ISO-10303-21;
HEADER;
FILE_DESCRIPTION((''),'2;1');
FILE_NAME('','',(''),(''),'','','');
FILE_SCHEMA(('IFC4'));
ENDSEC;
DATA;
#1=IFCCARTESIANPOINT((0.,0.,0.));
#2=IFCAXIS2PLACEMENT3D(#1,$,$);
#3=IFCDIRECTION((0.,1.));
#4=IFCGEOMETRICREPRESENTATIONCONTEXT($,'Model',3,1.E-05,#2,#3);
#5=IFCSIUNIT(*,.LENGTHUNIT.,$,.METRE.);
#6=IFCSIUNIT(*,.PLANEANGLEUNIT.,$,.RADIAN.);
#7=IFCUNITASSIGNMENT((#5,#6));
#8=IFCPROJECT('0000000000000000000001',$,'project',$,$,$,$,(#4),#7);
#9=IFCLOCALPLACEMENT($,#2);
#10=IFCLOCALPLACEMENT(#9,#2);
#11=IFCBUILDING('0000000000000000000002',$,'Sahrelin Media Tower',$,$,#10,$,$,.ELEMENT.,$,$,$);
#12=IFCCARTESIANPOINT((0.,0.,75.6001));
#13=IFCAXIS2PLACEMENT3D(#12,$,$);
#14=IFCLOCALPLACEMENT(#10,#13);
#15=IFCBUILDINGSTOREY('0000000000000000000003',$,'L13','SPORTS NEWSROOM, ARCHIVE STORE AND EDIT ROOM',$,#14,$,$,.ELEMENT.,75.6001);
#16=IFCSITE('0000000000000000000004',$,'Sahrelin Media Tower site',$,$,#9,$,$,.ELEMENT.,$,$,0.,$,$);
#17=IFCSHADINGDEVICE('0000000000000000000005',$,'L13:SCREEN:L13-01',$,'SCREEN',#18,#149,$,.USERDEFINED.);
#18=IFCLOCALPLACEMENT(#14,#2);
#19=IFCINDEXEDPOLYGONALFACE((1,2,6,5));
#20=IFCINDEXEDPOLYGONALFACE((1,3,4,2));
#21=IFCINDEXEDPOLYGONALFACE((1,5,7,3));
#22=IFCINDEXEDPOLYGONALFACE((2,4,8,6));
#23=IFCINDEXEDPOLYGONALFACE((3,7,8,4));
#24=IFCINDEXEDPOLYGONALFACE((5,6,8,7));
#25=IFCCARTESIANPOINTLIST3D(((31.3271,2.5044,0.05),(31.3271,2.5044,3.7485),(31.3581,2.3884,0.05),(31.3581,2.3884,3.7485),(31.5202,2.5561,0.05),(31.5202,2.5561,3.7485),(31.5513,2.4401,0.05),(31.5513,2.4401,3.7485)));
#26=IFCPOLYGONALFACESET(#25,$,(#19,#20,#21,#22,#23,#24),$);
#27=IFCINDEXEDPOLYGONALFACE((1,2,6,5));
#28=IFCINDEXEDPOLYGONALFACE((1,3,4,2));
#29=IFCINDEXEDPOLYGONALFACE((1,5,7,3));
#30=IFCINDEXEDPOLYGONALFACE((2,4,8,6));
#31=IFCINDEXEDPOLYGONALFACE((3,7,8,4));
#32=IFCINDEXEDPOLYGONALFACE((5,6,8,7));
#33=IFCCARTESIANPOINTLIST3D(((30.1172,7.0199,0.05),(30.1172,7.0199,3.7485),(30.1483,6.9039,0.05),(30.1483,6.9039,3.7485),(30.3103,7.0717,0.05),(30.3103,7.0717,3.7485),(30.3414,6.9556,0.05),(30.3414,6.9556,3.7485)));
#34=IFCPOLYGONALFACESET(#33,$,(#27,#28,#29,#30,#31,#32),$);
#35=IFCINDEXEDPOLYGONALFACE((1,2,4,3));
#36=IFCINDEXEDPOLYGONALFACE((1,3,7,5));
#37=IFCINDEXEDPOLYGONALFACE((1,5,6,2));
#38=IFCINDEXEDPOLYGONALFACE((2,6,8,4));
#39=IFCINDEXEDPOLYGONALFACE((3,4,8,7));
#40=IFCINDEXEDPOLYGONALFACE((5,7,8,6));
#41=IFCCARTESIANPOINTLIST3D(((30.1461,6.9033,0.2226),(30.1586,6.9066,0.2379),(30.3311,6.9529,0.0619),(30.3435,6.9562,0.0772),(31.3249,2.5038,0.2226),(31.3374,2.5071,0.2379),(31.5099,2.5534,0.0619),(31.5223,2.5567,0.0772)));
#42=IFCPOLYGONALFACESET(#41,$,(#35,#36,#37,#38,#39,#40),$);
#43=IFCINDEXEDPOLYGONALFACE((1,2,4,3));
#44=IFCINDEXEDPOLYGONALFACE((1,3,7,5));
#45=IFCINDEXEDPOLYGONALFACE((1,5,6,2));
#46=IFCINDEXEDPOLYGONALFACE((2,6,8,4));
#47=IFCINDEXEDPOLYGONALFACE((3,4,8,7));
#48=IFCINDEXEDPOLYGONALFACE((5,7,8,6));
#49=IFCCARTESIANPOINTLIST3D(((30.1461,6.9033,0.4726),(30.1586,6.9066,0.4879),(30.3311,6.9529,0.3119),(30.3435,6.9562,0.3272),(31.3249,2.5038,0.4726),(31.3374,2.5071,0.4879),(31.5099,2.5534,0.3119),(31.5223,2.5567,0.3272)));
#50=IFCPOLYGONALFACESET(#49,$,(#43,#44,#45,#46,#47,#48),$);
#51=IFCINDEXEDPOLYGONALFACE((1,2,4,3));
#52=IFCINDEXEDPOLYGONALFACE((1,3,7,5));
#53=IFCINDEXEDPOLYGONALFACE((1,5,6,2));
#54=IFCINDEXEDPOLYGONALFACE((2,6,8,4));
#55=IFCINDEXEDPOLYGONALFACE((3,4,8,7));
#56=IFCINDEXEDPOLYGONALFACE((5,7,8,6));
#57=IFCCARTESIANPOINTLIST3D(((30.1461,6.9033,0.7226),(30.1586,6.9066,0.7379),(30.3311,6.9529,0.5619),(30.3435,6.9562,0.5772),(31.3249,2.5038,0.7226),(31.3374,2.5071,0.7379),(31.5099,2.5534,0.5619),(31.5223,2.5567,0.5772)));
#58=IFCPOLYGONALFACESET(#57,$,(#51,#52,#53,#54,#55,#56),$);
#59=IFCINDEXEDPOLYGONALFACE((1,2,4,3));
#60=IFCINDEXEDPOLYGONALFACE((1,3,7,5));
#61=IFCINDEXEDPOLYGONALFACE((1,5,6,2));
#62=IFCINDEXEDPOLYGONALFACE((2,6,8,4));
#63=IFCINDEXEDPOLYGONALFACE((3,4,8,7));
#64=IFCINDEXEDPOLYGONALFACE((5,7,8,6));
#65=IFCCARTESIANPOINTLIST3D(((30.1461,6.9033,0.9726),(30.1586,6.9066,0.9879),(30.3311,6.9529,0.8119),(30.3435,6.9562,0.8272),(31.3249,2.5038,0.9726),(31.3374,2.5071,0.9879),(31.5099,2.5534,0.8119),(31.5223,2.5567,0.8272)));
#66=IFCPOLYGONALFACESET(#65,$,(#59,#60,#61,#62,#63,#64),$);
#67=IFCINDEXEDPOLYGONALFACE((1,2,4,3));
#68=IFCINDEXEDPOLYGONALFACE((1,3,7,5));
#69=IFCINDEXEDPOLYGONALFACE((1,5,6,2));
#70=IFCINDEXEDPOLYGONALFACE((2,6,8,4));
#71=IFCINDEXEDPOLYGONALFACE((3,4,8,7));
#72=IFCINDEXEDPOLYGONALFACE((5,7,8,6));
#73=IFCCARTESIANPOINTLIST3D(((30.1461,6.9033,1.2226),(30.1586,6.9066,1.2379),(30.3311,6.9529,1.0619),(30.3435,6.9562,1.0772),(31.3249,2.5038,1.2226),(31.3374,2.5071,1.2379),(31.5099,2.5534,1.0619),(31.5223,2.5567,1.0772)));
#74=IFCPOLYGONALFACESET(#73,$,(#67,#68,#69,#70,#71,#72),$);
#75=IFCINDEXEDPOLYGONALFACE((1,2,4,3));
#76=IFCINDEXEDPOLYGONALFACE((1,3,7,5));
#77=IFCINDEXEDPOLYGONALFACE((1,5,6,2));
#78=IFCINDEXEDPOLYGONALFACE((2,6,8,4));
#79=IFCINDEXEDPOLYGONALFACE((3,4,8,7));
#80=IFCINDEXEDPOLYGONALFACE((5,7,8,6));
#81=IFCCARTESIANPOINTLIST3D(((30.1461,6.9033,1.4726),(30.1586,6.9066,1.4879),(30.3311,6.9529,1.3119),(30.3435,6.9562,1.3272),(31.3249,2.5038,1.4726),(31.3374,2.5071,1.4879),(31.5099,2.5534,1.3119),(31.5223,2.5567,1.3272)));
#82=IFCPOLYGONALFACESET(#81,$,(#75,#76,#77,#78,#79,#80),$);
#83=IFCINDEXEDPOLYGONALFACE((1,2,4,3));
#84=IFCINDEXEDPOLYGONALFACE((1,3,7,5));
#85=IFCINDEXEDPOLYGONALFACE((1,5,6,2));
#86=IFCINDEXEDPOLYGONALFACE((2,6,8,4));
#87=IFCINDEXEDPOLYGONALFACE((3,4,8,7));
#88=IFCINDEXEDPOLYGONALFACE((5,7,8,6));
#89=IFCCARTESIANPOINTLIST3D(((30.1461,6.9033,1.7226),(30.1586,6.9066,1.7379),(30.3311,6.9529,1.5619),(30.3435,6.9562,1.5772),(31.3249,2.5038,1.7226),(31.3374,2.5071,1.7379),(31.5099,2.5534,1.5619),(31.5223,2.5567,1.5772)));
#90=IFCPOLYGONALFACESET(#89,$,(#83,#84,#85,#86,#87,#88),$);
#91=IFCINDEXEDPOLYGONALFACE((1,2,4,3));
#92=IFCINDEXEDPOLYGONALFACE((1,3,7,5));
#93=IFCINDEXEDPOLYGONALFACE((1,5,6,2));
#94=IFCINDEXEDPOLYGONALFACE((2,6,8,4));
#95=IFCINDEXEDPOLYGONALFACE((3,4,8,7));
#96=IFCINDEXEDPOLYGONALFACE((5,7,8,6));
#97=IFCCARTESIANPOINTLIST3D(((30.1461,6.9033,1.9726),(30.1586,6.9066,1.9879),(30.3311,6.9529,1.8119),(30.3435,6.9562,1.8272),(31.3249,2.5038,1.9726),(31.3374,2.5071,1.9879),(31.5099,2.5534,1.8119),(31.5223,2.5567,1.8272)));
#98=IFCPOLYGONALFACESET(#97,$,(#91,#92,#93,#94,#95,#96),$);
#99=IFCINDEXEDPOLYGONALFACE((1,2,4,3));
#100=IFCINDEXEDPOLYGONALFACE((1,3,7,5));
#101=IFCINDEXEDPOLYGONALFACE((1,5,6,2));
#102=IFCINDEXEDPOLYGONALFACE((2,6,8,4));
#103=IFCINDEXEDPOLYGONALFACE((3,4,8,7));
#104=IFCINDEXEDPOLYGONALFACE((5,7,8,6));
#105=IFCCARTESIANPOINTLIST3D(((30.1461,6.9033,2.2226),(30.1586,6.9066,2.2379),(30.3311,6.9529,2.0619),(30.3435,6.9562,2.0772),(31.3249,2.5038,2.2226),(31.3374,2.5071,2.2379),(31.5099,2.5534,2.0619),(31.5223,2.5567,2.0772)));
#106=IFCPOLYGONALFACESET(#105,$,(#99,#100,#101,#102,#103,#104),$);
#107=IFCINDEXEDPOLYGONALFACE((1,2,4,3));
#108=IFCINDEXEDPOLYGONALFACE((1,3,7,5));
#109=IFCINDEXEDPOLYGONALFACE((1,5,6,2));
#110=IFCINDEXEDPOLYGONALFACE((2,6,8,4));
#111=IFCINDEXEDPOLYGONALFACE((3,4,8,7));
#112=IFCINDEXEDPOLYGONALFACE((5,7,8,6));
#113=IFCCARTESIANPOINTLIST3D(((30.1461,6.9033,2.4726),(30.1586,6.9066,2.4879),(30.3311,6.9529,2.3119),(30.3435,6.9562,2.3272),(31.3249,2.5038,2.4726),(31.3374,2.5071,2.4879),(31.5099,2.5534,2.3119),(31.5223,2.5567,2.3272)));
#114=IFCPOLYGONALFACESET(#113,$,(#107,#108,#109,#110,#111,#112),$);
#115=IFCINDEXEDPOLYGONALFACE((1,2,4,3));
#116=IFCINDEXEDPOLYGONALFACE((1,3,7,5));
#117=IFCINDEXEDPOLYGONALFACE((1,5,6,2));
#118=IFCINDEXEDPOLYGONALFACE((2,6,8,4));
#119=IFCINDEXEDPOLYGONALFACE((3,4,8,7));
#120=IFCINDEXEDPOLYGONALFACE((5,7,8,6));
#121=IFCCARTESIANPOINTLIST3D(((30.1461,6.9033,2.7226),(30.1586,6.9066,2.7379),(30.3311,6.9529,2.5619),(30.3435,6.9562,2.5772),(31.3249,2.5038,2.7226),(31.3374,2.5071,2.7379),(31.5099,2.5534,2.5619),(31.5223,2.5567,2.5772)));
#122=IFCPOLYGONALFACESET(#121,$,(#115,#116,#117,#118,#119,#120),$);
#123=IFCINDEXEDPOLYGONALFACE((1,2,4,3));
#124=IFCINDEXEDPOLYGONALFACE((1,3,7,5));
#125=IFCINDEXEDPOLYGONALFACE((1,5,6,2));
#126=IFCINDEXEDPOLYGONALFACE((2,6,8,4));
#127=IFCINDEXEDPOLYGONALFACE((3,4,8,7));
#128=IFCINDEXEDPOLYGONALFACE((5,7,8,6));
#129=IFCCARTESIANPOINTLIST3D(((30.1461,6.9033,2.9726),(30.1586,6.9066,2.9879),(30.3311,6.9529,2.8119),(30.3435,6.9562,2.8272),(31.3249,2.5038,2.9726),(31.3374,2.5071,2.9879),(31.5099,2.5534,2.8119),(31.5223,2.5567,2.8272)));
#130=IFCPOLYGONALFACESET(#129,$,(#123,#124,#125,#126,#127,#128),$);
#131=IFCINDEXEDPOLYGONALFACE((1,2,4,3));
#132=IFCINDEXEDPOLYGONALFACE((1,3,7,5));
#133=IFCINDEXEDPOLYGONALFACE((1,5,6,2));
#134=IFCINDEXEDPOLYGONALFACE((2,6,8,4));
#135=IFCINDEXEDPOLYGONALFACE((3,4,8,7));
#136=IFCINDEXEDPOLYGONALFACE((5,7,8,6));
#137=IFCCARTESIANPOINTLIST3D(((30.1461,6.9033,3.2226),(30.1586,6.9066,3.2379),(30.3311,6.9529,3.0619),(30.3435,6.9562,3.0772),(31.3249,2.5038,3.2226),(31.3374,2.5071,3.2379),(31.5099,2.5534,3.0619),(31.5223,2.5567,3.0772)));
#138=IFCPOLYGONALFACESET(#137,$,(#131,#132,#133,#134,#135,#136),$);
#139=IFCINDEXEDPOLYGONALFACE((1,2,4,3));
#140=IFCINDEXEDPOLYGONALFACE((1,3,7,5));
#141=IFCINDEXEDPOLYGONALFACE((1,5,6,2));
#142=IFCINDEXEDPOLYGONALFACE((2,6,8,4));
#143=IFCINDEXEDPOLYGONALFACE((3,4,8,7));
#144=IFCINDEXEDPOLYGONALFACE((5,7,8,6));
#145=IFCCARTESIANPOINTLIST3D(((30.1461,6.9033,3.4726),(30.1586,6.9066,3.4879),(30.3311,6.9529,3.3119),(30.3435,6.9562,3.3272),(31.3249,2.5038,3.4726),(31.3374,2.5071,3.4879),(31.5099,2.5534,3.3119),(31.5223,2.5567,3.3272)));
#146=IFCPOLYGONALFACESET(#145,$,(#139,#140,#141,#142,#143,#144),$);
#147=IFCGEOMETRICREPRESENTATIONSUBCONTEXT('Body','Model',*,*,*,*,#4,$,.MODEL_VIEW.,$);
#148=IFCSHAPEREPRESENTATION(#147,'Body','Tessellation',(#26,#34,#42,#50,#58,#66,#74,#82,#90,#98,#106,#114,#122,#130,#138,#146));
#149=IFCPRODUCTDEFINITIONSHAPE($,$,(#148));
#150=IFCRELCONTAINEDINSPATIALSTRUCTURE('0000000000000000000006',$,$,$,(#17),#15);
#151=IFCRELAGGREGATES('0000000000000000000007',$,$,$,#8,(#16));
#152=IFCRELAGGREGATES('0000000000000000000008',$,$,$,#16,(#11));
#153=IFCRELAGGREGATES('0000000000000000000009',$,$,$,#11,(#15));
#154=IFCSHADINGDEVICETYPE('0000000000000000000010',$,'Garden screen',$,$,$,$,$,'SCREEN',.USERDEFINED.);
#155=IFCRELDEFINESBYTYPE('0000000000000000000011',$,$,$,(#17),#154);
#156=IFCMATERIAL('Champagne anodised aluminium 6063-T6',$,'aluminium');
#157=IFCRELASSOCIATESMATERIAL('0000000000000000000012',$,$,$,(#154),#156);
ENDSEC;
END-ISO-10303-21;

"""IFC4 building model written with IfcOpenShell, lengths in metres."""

from ifc_helpers import new_model, si_unit, direction, frame, origin, origin_2d, place, context, subcontext, project, spatial, rectangle, extrude, material, type_object, element, save


model = new_model("IFC4")

# Units and contexts
model_context = context("Model", 3, precision=1e-05, world=origin(), true_north=direction((0.0, 1.0)))
body_context = subcontext(model_context, "Body", "Model", "MODEL_VIEW")
ifc_project = project(units=[si_unit("LENGTHUNIT", "METRE"), si_unit("PLANEANGLEUNIT", "RADIAN")], contexts=[model_context])

# Site, building, storey
site_placement = place(None, origin())
site = spatial("IfcSite", under=ifc_project, at=site_placement, Name="Sahrelin Media Tower site", CompositionType="ELEMENT", RefElevation=0.0)
building_placement = place(site_placement, origin())
building = spatial("IfcBuilding", under=site, at=building_placement, Name="Sahrelin Media Tower", CompositionType="ELEMENT")
storey_placement = place(building_placement, frame((0.0, 0.0, 75.6001)))
storey = spatial("IfcBuildingStorey", under=building, at=storey_placement, Name="L13", Description="SPORTS NEWSROOM, ARCHIVE STORE AND EDIT ROOM", CompositionType="ELEMENT", Elevation=75.6001)

# Shared definitions
ifc_material_1 = material(Name="Champagne anodised aluminium 6063-T6", Category="aluminium")

# Shading device
shading_device_type_1 = type_object("IfcShadingDeviceType", Name="Garden screen", ElementType="SCREEN", PredefinedType="USERDEFINED", material=ifc_material_1)
shading_device_1_placement = place(storey_placement, frame((30.7375, 4.7041, 0.0), z_axis=(0.0, 0.0, 1.0), x_axis=(0.258808, -0.965929, 0.0)))
element("IfcShadingDevice", 1, at=shading_device_1_placement, inside=storey, type_object=shading_device_type_1, Name="L13:SCREEN:L13-01", ObjectType="SCREEN", PredefinedType="USERDEFINED", context=body_context, shape_type="SweptSolid", body=[
    extrude(rectangle(XDim=0.1201, YDim=0.2, at=origin_2d()), frame((2.3374, 0.1001, 0.05), z_axis=(0.0, 0.0, 1.0), x_axis=(1.0, 0.0, 0.0)), (0.0, 0.0, 1.0), 3.6985),
    extrude(rectangle(XDim=0.1201, YDim=0.2, at=origin_2d()), frame((-2.3374, 0.1001, 0.05), z_axis=(0.0, 0.0, 1.0), x_axis=(1.0, 0.0, 0.0)), (0.0, 0.0, 1.0), 3.6985),
    extrude(rectangle(XDim=0.25, YDim=0.02, at=origin_2d()), frame((2.2773, 0.1001, 0.1499), z_axis=(-1.0, 0.0, 0.0), x_axis=(0.0, -0.766044, 0.642788)), (0.0, 0.0, 1.0), 4.5547),
    extrude(rectangle(XDim=0.25, YDim=0.02, at=origin_2d()), frame((2.2773, 0.1001, 0.3999), z_axis=(-1.0, 0.0, 0.0), x_axis=(0.0, -0.766044, 0.642788)), (0.0, 0.0, 1.0), 4.5547),
    extrude(rectangle(XDim=0.25, YDim=0.02, at=origin_2d()), frame((2.2773, 0.1001, 0.6499), z_axis=(-1.0, 0.0, 0.0), x_axis=(0.0, -0.766044, 0.642788)), (0.0, 0.0, 1.0), 4.5547),
    extrude(rectangle(XDim=0.25, YDim=0.02, at=origin_2d()), frame((2.2773, 0.1001, 0.8999), z_axis=(-1.0, 0.0, 0.0), x_axis=(0.0, -0.766044, 0.642788)), (0.0, 0.0, 1.0), 4.5547),
    extrude(rectangle(XDim=0.25, YDim=0.02, at=origin_2d()), frame((2.2773, 0.1001, 1.1499), z_axis=(-1.0, 0.0, 0.0), x_axis=(0.0, -0.766044, 0.642788)), (0.0, 0.0, 1.0), 4.5547),
    extrude(rectangle(XDim=0.25, YDim=0.02, at=origin_2d()), frame((2.2773, 0.1001, 1.3999), z_axis=(-1.0, 0.0, 0.0), x_axis=(0.0, -0.766044, 0.642788)), (0.0, 0.0, 1.0), 4.5547),
    extrude(rectangle(XDim=0.25, YDim=0.02, at=origin_2d()), frame((2.2773, 0.1001, 1.6499), z_axis=(-1.0, 0.0, 0.0), x_axis=(0.0, -0.766044, 0.642788)), (0.0, 0.0, 1.0), 4.5547),
    extrude(rectangle(XDim=0.25, YDim=0.02, at=origin_2d()), frame((2.2773, 0.1001, 1.8999), z_axis=(-1.0, 0.0, 0.0), x_axis=(0.0, -0.766044, 0.642788)), (0.0, 0.0, 1.0), 4.5547),
    extrude(rectangle(XDim=0.25, YDim=0.02, at=origin_2d()), frame((2.2773, 0.1001, 2.1499), z_axis=(-1.0, 0.0, 0.0), x_axis=(0.0, -0.766044, 0.642788)), (0.0, 0.0, 1.0), 4.5547),
    extrude(rectangle(XDim=0.25, YDim=0.02, at=origin_2d()), frame((2.2773, 0.1001, 2.3999), z_axis=(-1.0, 0.0, 0.0), x_axis=(0.0, -0.766044, 0.642788)), (0.0, 0.0, 1.0), 4.5547),
    extrude(rectangle(XDim=0.25, YDim=0.02, at=origin_2d()), frame((2.2773, 0.1001, 2.6499), z_axis=(-1.0, 0.0, 0.0), x_axis=(0.0, -0.766044, 0.642788)), (0.0, 0.0, 1.0), 4.5547),
    extrude(rectangle(XDim=0.25, YDim=0.02, at=origin_2d()), frame((2.2773, 0.1001, 2.8999), z_axis=(-1.0, 0.0, 0.0), x_axis=(0.0, -0.766044, 0.642788)), (0.0, 0.0, 1.0), 4.5547),
    extrude(rectangle(XDim=0.25, YDim=0.02, at=origin_2d()), frame((2.2773, 0.1001, 3.1499), z_axis=(-1.0, 0.0, 0.0), x_axis=(0.0, -0.766044, 0.642788)), (0.0, 0.0, 1.0), 4.5547),
    extrude(rectangle(XDim=0.25, YDim=0.02, at=origin_2d()), frame((2.2773, 0.1001, 3.3999), z_axis=(-1.0, 0.0, 0.0), x_axis=(0.0, -0.766044, 0.642788)), (0.0, 0.0, 1.0), 4.5547),
])

save(model, "model.ifc")
